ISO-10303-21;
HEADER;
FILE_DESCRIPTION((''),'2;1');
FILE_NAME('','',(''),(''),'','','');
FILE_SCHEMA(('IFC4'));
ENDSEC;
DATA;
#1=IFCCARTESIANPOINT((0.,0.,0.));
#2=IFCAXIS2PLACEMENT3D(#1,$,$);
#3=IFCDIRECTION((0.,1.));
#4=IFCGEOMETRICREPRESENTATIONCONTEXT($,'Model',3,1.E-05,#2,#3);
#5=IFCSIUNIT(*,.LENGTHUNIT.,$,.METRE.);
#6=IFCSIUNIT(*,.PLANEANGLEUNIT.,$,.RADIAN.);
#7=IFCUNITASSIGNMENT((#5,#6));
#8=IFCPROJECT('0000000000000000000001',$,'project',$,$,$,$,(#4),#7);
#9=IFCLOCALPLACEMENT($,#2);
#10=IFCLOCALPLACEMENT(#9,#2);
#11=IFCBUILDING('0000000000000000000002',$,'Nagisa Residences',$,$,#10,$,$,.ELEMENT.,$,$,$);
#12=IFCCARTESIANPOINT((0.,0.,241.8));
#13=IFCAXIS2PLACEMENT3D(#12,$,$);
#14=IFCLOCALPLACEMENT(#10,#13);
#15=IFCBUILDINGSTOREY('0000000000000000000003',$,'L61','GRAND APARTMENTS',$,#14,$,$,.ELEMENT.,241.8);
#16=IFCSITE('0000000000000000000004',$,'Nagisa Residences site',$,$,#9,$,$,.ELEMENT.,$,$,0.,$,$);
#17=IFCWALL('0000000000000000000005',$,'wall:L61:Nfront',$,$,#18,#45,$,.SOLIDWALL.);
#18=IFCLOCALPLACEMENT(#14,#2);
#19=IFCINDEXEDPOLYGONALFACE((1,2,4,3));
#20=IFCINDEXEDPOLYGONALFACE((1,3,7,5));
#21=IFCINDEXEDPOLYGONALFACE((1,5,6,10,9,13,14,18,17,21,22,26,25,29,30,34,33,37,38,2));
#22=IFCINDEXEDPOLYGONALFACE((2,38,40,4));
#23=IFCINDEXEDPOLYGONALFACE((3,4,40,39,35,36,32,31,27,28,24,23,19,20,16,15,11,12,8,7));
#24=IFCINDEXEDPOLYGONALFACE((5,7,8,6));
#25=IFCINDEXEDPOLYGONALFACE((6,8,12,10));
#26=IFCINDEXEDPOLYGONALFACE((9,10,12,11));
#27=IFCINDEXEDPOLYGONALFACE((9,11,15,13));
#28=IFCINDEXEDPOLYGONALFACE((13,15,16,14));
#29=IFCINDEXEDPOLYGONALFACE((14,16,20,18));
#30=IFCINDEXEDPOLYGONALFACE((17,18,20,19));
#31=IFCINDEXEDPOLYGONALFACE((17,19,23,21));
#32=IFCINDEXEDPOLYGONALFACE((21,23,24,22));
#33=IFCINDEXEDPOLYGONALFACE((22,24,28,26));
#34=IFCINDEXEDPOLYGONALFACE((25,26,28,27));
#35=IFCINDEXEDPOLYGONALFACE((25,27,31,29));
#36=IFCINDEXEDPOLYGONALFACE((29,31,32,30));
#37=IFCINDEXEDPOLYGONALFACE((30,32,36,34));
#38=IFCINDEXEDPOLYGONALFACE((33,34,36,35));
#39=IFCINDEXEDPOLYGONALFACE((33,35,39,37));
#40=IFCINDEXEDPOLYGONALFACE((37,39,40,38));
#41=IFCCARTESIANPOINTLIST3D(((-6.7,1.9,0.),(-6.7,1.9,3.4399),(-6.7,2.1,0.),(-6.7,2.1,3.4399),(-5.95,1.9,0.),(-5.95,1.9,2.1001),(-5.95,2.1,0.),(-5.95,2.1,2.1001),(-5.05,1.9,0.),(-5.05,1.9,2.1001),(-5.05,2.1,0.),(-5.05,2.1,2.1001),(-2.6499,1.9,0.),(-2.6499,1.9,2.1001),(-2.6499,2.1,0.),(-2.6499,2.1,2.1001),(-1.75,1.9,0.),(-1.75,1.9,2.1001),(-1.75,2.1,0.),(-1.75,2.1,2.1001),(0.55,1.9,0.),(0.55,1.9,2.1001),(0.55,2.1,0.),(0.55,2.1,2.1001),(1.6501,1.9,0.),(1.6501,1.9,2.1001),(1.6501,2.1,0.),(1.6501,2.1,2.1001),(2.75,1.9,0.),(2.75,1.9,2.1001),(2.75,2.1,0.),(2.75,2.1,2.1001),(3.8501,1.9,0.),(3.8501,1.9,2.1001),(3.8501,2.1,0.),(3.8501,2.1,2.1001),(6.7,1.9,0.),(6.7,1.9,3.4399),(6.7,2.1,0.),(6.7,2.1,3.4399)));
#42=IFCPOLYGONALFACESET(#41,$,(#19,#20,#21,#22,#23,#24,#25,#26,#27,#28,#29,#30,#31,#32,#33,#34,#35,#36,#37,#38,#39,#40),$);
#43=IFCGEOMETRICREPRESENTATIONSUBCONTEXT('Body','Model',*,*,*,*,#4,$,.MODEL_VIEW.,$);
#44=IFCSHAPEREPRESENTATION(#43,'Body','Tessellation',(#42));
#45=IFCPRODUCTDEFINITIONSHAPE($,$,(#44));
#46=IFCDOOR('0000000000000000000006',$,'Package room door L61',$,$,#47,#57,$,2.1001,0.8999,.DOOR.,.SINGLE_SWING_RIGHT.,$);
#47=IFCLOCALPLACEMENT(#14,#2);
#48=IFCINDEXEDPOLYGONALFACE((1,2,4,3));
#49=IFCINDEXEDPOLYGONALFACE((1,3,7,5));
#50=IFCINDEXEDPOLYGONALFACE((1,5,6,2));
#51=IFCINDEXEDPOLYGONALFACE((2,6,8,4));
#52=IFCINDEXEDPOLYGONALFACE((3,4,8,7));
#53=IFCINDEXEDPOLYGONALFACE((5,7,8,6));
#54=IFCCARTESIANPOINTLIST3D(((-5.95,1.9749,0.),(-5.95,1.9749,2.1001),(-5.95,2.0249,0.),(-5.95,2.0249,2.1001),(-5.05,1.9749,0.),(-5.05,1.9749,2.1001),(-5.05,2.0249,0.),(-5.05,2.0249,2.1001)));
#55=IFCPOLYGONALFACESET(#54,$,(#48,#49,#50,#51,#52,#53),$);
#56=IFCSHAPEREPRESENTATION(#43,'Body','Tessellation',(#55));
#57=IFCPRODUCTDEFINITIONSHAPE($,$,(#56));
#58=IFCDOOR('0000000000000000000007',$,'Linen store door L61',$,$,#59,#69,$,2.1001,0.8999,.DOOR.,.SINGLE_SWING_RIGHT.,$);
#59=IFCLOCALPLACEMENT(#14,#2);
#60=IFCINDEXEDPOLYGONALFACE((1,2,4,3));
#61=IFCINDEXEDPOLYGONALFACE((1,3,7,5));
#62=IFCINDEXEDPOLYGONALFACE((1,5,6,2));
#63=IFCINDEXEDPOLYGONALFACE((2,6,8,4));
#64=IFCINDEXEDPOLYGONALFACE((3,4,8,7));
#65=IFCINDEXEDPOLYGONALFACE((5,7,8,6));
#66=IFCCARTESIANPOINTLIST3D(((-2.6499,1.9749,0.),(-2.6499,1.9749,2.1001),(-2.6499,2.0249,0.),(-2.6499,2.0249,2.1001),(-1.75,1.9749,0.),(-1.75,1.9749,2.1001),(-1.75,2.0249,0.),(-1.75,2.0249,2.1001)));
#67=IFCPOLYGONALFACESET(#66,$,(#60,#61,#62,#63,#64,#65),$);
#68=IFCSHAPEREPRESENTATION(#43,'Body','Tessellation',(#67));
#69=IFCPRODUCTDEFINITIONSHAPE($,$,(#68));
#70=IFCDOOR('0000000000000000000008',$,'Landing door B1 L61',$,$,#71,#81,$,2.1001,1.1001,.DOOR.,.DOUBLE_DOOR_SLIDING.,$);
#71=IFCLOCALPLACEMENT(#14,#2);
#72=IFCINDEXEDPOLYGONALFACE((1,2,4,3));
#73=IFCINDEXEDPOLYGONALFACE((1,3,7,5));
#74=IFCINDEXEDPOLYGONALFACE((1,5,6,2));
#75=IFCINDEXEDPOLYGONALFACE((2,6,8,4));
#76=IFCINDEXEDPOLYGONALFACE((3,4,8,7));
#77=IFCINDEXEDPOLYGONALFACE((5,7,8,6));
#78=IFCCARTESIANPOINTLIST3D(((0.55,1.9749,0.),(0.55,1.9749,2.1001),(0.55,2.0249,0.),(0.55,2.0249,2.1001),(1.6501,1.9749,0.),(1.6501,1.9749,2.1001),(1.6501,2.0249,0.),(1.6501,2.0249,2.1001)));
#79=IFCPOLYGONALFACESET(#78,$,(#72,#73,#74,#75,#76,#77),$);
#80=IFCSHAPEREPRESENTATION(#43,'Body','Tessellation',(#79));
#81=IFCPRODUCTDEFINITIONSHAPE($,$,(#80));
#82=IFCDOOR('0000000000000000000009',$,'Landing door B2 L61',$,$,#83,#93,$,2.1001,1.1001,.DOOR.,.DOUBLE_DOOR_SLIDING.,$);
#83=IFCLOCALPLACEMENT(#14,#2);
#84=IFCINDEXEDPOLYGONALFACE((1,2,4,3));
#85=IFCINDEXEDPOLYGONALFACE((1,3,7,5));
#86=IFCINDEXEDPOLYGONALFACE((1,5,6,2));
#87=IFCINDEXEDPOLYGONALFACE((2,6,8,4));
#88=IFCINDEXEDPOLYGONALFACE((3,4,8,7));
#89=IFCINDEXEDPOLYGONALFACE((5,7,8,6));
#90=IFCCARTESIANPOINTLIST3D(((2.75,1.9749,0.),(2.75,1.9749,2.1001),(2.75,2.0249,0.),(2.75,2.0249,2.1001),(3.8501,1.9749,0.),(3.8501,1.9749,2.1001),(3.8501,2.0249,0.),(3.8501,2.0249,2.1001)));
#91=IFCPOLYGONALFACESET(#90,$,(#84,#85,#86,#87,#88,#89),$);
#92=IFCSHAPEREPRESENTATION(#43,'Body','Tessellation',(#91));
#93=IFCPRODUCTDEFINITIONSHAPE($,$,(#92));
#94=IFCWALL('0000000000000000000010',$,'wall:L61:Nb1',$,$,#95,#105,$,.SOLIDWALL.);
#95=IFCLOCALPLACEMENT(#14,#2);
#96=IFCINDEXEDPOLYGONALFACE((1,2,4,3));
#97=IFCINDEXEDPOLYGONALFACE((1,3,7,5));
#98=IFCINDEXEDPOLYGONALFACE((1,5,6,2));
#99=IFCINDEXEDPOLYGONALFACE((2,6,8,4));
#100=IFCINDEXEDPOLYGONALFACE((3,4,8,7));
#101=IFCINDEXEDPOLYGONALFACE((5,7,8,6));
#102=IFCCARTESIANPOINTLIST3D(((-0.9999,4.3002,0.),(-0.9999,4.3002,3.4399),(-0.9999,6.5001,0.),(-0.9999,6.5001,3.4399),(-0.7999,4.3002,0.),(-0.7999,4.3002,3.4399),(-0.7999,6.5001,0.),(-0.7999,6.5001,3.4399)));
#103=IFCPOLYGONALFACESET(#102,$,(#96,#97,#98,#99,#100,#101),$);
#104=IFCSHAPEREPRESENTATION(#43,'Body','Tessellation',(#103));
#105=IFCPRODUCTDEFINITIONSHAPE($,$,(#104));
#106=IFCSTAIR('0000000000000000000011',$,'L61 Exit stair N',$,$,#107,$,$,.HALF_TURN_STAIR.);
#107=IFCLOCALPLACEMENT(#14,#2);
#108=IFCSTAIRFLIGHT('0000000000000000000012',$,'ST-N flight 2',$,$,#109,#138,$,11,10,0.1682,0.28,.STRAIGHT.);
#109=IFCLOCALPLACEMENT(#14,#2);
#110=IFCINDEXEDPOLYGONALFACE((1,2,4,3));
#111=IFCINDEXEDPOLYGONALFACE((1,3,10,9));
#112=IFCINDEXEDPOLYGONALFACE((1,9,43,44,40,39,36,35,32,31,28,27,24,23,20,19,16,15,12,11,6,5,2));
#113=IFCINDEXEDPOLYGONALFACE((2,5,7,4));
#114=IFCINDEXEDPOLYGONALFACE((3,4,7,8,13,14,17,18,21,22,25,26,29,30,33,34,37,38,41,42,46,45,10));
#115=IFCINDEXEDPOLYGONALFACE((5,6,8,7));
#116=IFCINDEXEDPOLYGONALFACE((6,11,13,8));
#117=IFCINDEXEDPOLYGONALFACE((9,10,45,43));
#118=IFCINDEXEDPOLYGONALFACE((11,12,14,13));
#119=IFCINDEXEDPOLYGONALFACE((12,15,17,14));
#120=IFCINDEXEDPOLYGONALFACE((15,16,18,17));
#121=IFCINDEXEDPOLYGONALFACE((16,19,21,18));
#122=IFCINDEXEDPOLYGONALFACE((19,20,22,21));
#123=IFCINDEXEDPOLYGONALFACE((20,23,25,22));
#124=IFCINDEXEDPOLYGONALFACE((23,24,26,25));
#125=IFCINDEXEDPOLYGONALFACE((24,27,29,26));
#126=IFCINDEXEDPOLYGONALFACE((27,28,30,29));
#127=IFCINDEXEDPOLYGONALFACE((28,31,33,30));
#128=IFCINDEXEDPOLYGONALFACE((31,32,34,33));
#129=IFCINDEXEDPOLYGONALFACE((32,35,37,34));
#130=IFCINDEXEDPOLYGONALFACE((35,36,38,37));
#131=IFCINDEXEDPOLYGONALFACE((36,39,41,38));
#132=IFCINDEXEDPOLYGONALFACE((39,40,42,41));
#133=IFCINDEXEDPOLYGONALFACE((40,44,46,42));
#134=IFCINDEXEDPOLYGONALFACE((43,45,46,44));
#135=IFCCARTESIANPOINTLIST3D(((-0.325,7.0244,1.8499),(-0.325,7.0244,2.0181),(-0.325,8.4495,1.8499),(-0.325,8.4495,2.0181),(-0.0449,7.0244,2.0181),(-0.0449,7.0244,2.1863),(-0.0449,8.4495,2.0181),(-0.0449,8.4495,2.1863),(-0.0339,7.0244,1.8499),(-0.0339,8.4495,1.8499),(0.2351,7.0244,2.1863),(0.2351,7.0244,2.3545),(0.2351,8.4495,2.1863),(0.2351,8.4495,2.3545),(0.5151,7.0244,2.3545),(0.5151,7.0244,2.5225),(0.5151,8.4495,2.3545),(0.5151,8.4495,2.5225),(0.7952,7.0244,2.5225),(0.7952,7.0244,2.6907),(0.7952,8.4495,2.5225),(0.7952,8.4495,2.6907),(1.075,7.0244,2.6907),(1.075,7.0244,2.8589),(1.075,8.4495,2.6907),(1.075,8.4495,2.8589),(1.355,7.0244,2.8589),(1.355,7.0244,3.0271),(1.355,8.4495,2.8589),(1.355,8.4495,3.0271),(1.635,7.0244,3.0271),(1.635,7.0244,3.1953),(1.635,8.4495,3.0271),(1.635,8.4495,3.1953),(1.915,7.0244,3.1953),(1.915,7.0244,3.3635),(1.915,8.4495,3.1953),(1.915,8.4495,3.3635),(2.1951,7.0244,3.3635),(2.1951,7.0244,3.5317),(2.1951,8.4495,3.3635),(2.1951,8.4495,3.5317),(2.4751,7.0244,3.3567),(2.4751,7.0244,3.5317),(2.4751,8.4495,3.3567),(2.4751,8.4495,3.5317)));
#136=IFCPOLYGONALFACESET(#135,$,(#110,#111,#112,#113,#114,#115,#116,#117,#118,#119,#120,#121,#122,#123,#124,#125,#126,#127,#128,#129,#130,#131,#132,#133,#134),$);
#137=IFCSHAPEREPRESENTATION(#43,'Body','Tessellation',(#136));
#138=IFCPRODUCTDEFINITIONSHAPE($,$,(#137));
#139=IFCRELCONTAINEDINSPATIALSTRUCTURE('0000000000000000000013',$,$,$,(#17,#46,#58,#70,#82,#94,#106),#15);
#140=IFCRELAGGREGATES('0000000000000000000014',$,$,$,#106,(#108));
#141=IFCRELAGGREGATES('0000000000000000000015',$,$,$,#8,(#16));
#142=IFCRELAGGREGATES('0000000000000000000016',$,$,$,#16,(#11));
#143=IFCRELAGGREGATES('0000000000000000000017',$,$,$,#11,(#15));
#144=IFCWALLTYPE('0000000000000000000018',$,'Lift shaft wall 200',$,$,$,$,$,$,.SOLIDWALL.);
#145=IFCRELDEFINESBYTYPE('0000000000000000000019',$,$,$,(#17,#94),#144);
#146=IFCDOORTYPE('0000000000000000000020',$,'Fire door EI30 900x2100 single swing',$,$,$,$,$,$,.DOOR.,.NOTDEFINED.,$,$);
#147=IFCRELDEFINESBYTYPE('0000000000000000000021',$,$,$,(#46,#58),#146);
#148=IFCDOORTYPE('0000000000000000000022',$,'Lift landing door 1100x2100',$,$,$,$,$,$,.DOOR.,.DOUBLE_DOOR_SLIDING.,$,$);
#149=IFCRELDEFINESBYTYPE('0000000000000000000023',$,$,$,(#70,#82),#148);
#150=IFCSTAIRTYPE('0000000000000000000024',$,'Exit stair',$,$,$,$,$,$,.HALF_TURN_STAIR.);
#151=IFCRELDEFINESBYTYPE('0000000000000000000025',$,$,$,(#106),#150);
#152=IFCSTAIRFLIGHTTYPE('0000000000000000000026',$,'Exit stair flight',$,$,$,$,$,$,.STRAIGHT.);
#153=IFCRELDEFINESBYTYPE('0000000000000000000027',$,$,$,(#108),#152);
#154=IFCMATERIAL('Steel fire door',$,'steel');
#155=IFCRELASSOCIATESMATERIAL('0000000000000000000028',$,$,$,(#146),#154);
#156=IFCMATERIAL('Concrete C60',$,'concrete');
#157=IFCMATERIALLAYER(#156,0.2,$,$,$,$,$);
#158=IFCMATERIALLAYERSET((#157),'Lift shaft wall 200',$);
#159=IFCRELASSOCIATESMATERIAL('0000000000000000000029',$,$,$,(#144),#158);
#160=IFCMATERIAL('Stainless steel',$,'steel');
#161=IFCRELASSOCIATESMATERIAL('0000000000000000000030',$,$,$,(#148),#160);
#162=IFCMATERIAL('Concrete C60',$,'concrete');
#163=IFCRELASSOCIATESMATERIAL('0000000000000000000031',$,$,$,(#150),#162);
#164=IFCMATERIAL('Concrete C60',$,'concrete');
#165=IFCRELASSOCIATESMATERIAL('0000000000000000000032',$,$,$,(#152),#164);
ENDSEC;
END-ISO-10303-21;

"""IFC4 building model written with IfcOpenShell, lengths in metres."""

from ifc_helpers import new_model, si_unit, direction, frame, frame_2d, origin, place, context, subcontext, project, spatial, polyline, rectangle, outline, extrude, material, layer, layer_set, type_object, element, fill, aggregate, save


model = new_model("IFC4")

# Units and contexts
model_context = context("Model", 3, precision=1e-05, world=origin(), true_north=direction((0.0, 1.0)))
body_context = subcontext(model_context, "Body", "Model", "MODEL_VIEW")
ifc_project = project(units=[si_unit("LENGTHUNIT", "METRE"), si_unit("PLANEANGLEUNIT", "RADIAN")], contexts=[model_context])

# Site, building, storey
site_placement = place(None, origin())
site = spatial("IfcSite", under=ifc_project, at=site_placement, Name="Nagisa Residences site", CompositionType="ELEMENT", RefElevation=0.0)
building_placement = place(site_placement, origin())
building = spatial("IfcBuilding", under=site, at=building_placement, Name="Nagisa Residences", CompositionType="ELEMENT")
storey_placement = place(building_placement, frame((0.0, 0.0, 241.8)))
storey = spatial("IfcBuildingStorey", under=building, at=storey_placement, Name="L61", Description="GRAND APARTMENTS", CompositionType="ELEMENT", Elevation=241.8)

# Shared definitions
ifc_material_1 = material(Name="Steel fire door", Category="steel")
door_type_1 = type_object("IfcDoorType", Name="Fire door EI30 900x2100 single swing", OperationType="NOTDEFINED", PredefinedType="DOOR", material=ifc_material_1)

# Shared definitions
ifc_material_2 = material(Name="Concrete C60", Category="concrete")
ifc_layer_1 = layer(ifc_material_2, 0.2)
ifc_layer_set_1 = layer_set([ifc_layer_1], Name="Lift shaft wall 200")
wall_type_1 = type_object("IfcWallType", Name="Lift shaft wall 200", PredefinedType="SOLIDWALL", material=ifc_layer_set_1)
ifc_material_3 = material(Name="Stainless steel", Category="steel")
door_type_2 = type_object("IfcDoorType", Name="Lift landing door 1100x2100", OperationType="DOUBLE_DOOR_SLIDING", PredefinedType="DOOR", material=ifc_material_3)

# Wall, openings, doors
wall_1_placement = place(storey_placement, frame((-6.7, 2.0, 0.0), z_axis=(0.0, 0.0, 1.0), x_axis=(1.0, 0.0, 0.0)))
wall_1 = element("IfcWall", 1, at=wall_1_placement, inside=storey, type_object=wall_type_1, Name="wall:L61:Nfront", PredefinedType="SOLIDWALL", context=body_context, shape_type="SweptSolid", body=[
    extrude(rectangle(XDim=13.3999, YDim=0.2, at=frame_2d((6.7, 0.0))), origin(), (0.0, 0.0, 1.0), 3.4399),
])
opening_1_placement = place(wall_1_placement, frame((7.25, 0.0, 0.0)))
opening_1 = element("IfcOpeningElement", 2, at=opening_1_placement, cuts=wall_1, PredefinedType="OPENING", context=body_context, shape_type="SweptSolid", body=[
    extrude(rectangle(XDim=1.1001, YDim=2.1001, at=frame_2d((0.55, 1.05))), frame((0.0, 0.1099, 0.0), z_axis=(0.0, -1.0, 0.0), x_axis=(1.0, 0.0, 0.0)), (0.0, 0.0, 1.0), 0.22),
])
opening_2_placement = place(wall_1_placement, frame((9.45, 0.0, 0.0)))
opening_2 = element("IfcOpeningElement", 3, at=opening_2_placement, cuts=wall_1, PredefinedType="OPENING", context=body_context, shape_type="SweptSolid", body=[
    extrude(rectangle(XDim=1.1001, YDim=2.1001, at=frame_2d((0.55, 1.05))), frame((0.0, 0.1099, 0.0), z_axis=(0.0, -1.0, 0.0), x_axis=(1.0, 0.0, 0.0)), (0.0, 0.0, 1.0), 0.22),
])
opening_3_placement = place(wall_1_placement, frame((0.75, 0.0, 0.0)))
opening_3 = element("IfcOpeningElement", 4, at=opening_3_placement, cuts=wall_1, PredefinedType="OPENING", context=body_context, shape_type="SweptSolid", body=[
    extrude(rectangle(XDim=0.8999, YDim=2.1001, at=frame_2d((0.45, 1.05))), frame((0.0, 0.1099, 0.0), z_axis=(0.0, -1.0, 0.0), x_axis=(1.0, 0.0, 0.0)), (0.0, 0.0, 1.0), 0.22),
])
opening_4_placement = place(wall_1_placement, frame((4.05, 0.0, 0.0)))
opening_4 = element("IfcOpeningElement", 5, at=opening_4_placement, cuts=wall_1, PredefinedType="OPENING", context=body_context, shape_type="SweptSolid", body=[
    extrude(rectangle(XDim=0.8999, YDim=2.1001, at=frame_2d((0.45, 1.05))), frame((0.0, 0.1099, 0.0), z_axis=(0.0, -1.0, 0.0), x_axis=(1.0, 0.0, 0.0)), (0.0, 0.0, 1.0), 0.22),
])
door_1_placement = place(opening_3_placement, origin())
door_1 = element("IfcDoor", 6, at=door_1_placement, inside=storey, type_object=door_type_1, Name="Package room door L61", OperationType="SINGLE_SWING_RIGHT", OverallHeight=2.1001, OverallWidth=0.8999, PredefinedType="DOOR", context=body_context, shape_type="SweptSolid", body=[
    extrude(rectangle(XDim=0.8999, YDim=2.1001, at=frame_2d((0.45, 1.05))), frame((0.0, 0.0249, 0.0), z_axis=(0.0, -1.0, 0.0), x_axis=(1.0, 0.0, 0.0)), (0.0, 0.0, 1.0), 0.05),
])
fill(opening_3, door_1)
door_2_placement = place(opening_4_placement, origin())
door_2 = element("IfcDoor", 7, at=door_2_placement, inside=storey, type_object=door_type_1, Name="Linen store door L61", OperationType="SINGLE_SWING_RIGHT", OverallHeight=2.1001, OverallWidth=0.8999, PredefinedType="DOOR", context=body_context, shape_type="SweptSolid", body=[
    extrude(rectangle(XDim=0.8999, YDim=2.1001, at=frame_2d((0.45, 1.05))), frame((0.0, 0.0249, 0.0), z_axis=(0.0, -1.0, 0.0), x_axis=(1.0, 0.0, 0.0)), (0.0, 0.0, 1.0), 0.05),
])
fill(opening_4, door_2)
door_3_placement = place(opening_1_placement, origin())
door_3 = element("IfcDoor", 8, at=door_3_placement, inside=storey, type_object=door_type_2, Name="Landing door B1 L61", OperationType="DOUBLE_DOOR_SLIDING", OverallHeight=2.1001, OverallWidth=1.1001, PredefinedType="DOOR", context=body_context, shape_type="SweptSolid", body=[
    extrude(rectangle(XDim=1.1001, YDim=2.1001, at=frame_2d((0.55, 1.05))), frame((0.0, 0.0249, 0.0), z_axis=(0.0, -1.0, 0.0), x_axis=(1.0, 0.0, 0.0)), (0.0, 0.0, 1.0), 0.05),
])
fill(opening_1, door_3)
door_4_placement = place(opening_2_placement, origin())
door_4 = element("IfcDoor", 9, at=door_4_placement, inside=storey, type_object=door_type_2, Name="Landing door B2 L61", OperationType="DOUBLE_DOOR_SLIDING", OverallHeight=2.1001, OverallWidth=1.1001, PredefinedType="DOOR", context=body_context, shape_type="SweptSolid", body=[
    extrude(rectangle(XDim=1.1001, YDim=2.1001, at=frame_2d((0.55, 1.05))), frame((0.0, 0.0249, 0.0), z_axis=(0.0, -1.0, 0.0), x_axis=(1.0, 0.0, 0.0)), (0.0, 0.0, 1.0), 0.05),
])
fill(opening_2, door_4)

# Wall
wall_2_placement = place(storey_placement, frame((-0.8999, 4.3, 0.0), z_axis=(0.0, 0.0, 1.0), x_axis=(0.0, 1.0, 0.0)))
element("IfcWall", 10, at=wall_2_placement, inside=storey, type_object=wall_type_1, Name="wall:L61:Nb1", PredefinedType="SOLIDWALL", context=body_context, shape_type="SweptSolid", body=[
    extrude(rectangle(XDim=2.2, YDim=0.2, at=frame_2d((1.1001, 0.0))), origin(), (0.0, 0.0, 1.0), 3.4399),
])

# Stair, stair flight
ifc_material_4 = material(Name="Concrete C60", Category="concrete")
stair_type = type_object("IfcStairType", Name="Exit stair", PredefinedType="HALF_TURN_STAIR", material=ifc_material_4)
stair_placement = place(storey_placement, origin())
stair = element("IfcStair", 11, at=stair_placement, inside=storey, type_object=stair_type, Name="L61 Exit stair N", PredefinedType="HALF_TURN_STAIR")
ifc_material_5 = material(Name="Concrete C60", Category="concrete")
stair_flight_type = type_object("IfcStairFlightType", Name="Exit stair flight", PredefinedType="STRAIGHT", material=ifc_material_5)
stair_flight_placement = place(storey_placement, frame((-0.325, 7.7371, 1.8499), z_axis=(0.0, 0.0, 1.0), x_axis=(1.0, 0.0, 0.0)))
stair_flight = element("IfcStairFlight", 12, at=stair_flight_placement, type_object=stair_flight_type, Name="ST-N flight 2", NumberOfRisers=11, NumberOfTreads=10, PredefinedType="STRAIGHT", RiserHeight=0.1682, TreadLength=0.28, context=body_context, shape_type="SweptSolid", body=[
    extrude(outline(polyline([(0.0, 0.0), (0.0, 0.1682), (0.28, 0.1682), (0.28, 0.3364), (0.5601, 0.3364), (0.5601, 0.5046), (0.8401, 0.5046), (0.8401, 0.6726), (1.1201, 0.6726), (1.1201, 0.8408), (1.3999, 0.8408), (1.3999, 1.009), (1.6799, 1.009), (1.6799, 1.1772), (1.96, 1.1772), (1.96, 1.3455), (2.24, 1.3455), (2.24, 1.5137), (2.52, 1.5137), (2.52, 1.6819), (2.8, 1.6819), (2.8, 1.8501), (2.8, 1.5068), (0.291, 0.0), (0.0, 0.0)])), frame((0.0, 0.7124, 0.0), z_axis=(0.0, -1.0, 0.0), x_axis=(1.0, 0.0, 0.0)), (0.0, 0.0, 1.0), 1.425),
])
aggregate(stair, [stair_flight])

save(model, "model.ifc")
